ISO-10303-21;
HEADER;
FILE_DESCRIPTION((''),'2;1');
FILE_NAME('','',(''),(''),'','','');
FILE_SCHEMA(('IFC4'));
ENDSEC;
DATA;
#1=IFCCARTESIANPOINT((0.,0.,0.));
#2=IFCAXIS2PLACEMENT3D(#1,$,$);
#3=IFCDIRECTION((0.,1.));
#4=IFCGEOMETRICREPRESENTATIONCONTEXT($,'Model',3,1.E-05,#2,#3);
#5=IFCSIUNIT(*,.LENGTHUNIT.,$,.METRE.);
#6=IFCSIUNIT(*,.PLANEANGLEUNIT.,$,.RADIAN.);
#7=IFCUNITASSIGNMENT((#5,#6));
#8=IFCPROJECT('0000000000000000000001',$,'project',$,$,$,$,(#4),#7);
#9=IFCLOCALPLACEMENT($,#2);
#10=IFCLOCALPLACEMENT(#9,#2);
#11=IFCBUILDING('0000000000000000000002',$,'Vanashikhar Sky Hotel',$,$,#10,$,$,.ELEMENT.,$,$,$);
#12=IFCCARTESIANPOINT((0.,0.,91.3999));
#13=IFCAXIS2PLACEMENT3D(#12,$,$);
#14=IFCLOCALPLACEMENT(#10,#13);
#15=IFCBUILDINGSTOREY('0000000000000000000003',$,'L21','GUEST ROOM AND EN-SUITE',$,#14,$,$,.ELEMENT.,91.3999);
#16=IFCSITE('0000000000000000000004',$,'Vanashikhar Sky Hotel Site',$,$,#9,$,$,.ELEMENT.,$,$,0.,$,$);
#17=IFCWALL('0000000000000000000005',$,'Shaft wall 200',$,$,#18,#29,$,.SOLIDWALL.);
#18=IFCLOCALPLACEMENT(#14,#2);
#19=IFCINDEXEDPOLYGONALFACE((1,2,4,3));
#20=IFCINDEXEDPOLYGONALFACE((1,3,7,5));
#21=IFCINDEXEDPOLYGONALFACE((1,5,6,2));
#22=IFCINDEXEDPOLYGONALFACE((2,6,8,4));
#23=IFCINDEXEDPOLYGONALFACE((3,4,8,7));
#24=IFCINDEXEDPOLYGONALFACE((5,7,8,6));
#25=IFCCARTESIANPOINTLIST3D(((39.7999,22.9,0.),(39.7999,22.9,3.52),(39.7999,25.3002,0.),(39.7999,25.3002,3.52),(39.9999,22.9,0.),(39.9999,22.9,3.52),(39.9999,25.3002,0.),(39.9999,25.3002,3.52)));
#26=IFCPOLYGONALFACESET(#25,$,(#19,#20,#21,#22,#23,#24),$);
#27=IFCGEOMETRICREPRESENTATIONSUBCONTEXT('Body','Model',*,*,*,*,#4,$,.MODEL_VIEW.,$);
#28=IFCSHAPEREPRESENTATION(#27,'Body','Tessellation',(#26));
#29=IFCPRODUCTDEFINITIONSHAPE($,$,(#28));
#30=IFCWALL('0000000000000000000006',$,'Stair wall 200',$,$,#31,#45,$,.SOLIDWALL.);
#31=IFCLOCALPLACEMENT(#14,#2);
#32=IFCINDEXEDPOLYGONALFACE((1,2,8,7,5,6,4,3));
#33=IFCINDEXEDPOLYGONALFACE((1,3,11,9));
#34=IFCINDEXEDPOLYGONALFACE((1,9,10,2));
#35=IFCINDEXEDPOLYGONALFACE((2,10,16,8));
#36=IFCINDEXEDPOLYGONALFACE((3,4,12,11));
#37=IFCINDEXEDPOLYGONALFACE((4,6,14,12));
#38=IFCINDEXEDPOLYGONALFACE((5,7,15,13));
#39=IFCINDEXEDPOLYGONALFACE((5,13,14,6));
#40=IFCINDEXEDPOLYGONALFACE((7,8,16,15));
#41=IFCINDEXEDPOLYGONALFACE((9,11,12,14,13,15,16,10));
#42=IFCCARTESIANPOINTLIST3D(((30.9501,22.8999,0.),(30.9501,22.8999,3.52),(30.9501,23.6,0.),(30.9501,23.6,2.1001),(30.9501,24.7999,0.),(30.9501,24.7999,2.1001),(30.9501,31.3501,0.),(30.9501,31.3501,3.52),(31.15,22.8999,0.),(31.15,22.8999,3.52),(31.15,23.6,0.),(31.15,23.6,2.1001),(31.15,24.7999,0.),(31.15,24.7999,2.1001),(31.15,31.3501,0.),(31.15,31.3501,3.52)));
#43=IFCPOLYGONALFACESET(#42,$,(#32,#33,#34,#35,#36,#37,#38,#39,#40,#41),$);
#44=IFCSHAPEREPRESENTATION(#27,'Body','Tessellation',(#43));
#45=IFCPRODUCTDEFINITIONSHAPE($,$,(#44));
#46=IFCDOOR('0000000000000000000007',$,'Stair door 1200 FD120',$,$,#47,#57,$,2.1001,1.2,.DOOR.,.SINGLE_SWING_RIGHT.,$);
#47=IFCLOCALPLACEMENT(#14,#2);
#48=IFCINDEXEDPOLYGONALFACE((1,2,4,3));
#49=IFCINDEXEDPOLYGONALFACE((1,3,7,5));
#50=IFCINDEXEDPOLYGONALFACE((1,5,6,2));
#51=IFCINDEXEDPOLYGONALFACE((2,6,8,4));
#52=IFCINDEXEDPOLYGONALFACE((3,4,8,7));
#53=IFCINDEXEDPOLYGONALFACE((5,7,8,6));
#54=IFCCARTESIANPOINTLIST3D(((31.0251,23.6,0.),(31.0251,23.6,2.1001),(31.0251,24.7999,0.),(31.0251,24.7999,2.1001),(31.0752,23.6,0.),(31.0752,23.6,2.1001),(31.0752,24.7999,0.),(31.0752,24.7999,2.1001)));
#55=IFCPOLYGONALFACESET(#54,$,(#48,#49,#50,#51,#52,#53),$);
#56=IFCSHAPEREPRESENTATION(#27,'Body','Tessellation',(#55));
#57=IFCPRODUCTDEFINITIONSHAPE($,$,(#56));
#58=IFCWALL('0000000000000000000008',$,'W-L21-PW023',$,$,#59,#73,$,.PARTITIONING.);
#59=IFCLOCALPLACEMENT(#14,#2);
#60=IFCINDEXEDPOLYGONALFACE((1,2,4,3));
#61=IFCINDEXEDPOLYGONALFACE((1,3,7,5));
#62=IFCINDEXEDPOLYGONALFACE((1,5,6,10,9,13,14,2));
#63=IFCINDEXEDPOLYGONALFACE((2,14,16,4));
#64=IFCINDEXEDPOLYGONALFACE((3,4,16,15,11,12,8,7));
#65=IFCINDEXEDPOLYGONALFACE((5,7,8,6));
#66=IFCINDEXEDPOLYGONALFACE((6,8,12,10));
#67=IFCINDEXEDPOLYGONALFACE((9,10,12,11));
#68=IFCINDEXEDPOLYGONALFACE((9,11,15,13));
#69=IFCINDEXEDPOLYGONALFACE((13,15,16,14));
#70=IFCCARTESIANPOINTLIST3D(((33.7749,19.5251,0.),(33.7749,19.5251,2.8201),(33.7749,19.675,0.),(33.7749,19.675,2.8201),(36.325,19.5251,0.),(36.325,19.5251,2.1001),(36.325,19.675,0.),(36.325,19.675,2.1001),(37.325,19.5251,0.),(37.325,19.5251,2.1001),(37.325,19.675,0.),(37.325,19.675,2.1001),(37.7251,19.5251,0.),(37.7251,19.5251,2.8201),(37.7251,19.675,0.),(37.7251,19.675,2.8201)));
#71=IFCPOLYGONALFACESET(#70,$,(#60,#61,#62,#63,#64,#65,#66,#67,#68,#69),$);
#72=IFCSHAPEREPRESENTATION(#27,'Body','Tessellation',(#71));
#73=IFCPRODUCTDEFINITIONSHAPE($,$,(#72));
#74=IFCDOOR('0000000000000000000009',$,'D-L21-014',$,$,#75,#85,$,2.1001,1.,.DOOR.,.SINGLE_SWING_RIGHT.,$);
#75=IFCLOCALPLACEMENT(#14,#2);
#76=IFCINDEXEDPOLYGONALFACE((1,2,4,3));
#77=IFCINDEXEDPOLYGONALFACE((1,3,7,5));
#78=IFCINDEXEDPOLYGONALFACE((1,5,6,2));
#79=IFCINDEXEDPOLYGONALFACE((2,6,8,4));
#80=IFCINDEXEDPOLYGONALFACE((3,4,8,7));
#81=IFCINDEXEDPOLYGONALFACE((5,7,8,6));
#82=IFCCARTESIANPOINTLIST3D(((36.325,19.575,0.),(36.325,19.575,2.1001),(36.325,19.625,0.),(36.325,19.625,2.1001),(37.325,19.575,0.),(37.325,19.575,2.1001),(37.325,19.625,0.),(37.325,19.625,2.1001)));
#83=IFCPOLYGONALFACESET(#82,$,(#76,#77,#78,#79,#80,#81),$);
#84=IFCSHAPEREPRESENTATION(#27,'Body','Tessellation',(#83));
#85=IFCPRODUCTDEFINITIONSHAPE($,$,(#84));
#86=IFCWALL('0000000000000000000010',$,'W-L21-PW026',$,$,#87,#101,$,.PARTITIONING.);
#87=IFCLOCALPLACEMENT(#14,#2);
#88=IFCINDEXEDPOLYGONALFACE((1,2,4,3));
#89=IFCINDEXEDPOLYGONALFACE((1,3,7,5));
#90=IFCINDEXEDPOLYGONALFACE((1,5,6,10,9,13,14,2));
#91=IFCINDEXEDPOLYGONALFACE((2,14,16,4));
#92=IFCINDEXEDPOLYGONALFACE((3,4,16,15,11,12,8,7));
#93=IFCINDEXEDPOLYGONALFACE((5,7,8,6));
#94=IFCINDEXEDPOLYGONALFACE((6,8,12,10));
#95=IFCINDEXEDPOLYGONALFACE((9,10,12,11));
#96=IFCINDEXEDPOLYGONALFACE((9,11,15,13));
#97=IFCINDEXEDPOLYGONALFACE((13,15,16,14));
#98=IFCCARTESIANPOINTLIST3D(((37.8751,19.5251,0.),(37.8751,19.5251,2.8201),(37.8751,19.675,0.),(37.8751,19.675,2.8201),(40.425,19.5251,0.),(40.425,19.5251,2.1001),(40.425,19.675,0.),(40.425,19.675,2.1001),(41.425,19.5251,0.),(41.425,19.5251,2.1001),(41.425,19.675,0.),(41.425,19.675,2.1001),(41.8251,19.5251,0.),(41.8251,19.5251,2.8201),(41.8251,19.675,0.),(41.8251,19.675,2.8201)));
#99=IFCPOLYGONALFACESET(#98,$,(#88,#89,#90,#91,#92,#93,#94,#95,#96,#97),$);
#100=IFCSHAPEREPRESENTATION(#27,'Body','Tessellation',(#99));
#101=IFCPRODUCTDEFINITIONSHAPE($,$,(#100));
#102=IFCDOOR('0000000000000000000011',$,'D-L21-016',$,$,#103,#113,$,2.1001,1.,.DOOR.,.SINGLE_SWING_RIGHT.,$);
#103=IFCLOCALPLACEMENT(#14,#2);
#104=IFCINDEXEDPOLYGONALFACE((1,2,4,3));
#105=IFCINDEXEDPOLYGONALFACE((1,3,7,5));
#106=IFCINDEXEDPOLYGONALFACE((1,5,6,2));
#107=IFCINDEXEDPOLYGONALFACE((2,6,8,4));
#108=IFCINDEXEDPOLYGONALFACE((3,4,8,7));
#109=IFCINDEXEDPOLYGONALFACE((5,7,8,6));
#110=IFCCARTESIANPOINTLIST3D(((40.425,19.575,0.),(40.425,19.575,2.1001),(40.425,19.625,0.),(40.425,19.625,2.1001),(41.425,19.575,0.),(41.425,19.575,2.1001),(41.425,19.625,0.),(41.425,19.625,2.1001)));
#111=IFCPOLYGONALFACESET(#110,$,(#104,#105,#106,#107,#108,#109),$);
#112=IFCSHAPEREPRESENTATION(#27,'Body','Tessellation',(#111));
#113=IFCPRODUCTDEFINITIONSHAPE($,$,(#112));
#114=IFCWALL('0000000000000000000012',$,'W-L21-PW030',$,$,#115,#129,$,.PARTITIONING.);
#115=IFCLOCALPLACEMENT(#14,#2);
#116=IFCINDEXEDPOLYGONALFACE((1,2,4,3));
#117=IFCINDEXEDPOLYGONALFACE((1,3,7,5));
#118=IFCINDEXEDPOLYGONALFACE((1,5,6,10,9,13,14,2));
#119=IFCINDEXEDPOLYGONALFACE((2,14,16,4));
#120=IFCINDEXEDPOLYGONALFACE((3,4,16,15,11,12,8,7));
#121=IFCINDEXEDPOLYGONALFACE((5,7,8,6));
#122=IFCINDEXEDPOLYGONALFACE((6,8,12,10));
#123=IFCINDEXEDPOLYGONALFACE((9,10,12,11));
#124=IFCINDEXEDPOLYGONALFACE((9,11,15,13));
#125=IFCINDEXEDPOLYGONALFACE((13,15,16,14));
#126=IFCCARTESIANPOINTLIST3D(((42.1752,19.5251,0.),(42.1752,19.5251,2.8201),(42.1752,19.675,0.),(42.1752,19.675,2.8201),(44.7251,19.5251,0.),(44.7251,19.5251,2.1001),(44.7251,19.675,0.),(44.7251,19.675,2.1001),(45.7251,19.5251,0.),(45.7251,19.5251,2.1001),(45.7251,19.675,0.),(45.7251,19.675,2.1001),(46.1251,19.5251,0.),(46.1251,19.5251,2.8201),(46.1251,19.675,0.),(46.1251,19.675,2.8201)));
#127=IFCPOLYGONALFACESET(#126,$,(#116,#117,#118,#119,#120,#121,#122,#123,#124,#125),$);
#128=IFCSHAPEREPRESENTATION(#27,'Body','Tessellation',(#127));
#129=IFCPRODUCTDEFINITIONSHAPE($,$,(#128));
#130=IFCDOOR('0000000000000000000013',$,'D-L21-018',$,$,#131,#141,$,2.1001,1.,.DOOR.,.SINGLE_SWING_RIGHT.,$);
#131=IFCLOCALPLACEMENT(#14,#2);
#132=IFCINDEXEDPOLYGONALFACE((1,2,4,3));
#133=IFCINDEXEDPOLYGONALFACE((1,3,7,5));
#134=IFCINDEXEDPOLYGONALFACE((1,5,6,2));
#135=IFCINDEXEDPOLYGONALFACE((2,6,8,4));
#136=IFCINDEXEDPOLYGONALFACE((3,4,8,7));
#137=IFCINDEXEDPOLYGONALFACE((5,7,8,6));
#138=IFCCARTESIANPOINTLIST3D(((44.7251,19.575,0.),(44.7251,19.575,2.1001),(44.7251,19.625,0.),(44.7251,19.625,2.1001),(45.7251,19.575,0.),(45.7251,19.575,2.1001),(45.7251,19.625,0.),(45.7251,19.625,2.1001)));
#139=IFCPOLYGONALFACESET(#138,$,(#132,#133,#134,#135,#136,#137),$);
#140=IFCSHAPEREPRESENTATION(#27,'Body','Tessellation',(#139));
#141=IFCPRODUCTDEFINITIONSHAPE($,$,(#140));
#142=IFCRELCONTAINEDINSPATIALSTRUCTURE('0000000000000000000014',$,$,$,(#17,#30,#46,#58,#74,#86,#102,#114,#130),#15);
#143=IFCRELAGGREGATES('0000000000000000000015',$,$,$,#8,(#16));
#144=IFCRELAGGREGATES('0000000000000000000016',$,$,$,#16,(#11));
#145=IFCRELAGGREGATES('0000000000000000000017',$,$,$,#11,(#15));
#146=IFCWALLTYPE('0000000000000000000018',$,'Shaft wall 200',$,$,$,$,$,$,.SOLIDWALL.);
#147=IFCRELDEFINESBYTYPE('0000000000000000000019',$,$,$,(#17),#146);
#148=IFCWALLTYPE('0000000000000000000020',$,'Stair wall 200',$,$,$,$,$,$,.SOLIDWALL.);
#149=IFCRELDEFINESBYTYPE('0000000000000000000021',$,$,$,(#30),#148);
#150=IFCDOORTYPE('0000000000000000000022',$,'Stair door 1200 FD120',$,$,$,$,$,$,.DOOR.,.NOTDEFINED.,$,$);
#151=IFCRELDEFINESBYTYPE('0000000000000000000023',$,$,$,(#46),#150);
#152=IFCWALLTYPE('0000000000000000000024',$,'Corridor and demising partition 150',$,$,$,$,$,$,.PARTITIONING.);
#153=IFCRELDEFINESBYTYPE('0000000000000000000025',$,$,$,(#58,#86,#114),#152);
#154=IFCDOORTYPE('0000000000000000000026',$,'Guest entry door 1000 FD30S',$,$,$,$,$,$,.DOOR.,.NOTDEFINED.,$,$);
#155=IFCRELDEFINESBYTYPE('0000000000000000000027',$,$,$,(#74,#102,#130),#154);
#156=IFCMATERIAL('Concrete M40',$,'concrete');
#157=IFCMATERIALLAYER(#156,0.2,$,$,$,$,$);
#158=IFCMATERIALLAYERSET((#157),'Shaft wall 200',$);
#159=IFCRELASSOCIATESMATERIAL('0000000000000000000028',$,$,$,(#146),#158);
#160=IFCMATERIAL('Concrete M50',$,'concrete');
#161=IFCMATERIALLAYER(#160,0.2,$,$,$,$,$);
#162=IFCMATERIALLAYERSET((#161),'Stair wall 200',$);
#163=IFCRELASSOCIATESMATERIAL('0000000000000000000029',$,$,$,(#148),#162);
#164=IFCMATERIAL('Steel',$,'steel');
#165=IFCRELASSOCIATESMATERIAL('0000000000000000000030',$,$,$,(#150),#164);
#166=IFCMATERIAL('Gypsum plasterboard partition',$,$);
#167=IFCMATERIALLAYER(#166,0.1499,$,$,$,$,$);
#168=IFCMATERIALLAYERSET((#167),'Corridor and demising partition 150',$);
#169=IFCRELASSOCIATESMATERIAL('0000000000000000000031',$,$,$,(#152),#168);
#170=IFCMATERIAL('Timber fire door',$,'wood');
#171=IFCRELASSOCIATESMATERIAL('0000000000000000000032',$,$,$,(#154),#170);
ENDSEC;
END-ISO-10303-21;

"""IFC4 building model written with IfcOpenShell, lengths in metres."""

from ifc_helpers import new_model, si_unit, direction, frame, frame_2d, origin, place, context, subcontext, project, spatial, rectangle, extrude, source, transform, mapped, material, layer, layer_set, type_object, element, fill, save


model = new_model("IFC4")

# Units and contexts
model_context = context("Model", 3, precision=1e-05, world=origin(), true_north=direction((0.0, 1.0)))
body_context = subcontext(model_context, "Body", "Model", "MODEL_VIEW")
ifc_project = project(units=[si_unit("LENGTHUNIT", "METRE"), si_unit("PLANEANGLEUNIT", "RADIAN")], contexts=[model_context])

# Site, building, storey
site_placement = place(None, origin())
site = spatial("IfcSite", under=ifc_project, at=site_placement, Name="Vanashikhar Sky Hotel Site", CompositionType="ELEMENT", RefElevation=0.0)
building_placement = place(site_placement, origin())
building = spatial("IfcBuilding", under=site, at=building_placement, Name="Vanashikhar Sky Hotel", CompositionType="ELEMENT")
storey_placement = place(building_placement, frame((0.0, 0.0, 91.3999)))
storey = spatial("IfcBuildingStorey", under=building, at=storey_placement, Name="L21", Description="GUEST ROOM AND EN-SUITE", CompositionType="ELEMENT", Elevation=91.3999)

# Shared definitions
ifc_material_1 = material(Name="Steel", Category="steel")

# Shared definitions
ifc_material_2 = material(Name="Concrete M40", Category="concrete")
ifc_layer_1 = layer(ifc_material_2, 0.2)
ifc_layer_set_1 = layer_set([ifc_layer_1], Name="Shaft wall 200")
wall_type_1 = type_object("IfcWallType", Name="Shaft wall 200", PredefinedType="SOLIDWALL", material=ifc_layer_set_1)

# Wall
shared_shape_1 = source(origin(), body_context, "Body", "SweptSolid", [
    extrude(rectangle(XDim=2.4001, YDim=0.2, at=frame_2d((1.2002, 0.0))), origin(), (0.0, 0.0, 1.0), 3.52),
])
wall_1_placement = place(storey_placement, frame((39.8999, 22.8999, 0.0), z_axis=(0.0, 0.0, 1.0), x_axis=(0.0, 1.0, 0.0)))
element("IfcWall", 1, at=wall_1_placement, inside=storey, type_object=wall_type_1, Name="Shaft wall 200", PredefinedType="SOLIDWALL", context=body_context, shape_type="MappedRepresentation", body=[
    mapped(shared_shape_1, transform((0.0, 0.0, 0.0), scale=1.0)),
])

# Walls, openings, doors
ifc_material_3 = material(Name="Concrete M50", Category="concrete")
ifc_layer_2 = layer(ifc_material_3, 0.2)
ifc_layer_set_2 = layer_set([ifc_layer_2], Name="Stair wall 200")
wall_type_2 = type_object("IfcWallType", Name="Stair wall 200", PredefinedType="SOLIDWALL", material=ifc_layer_set_2)
shared_shape_2 = source(origin(), body_context, "Body", "SweptSolid", [
    extrude(rectangle(XDim=8.4502, YDim=0.2, at=frame_2d((4.2251, 0.0))), origin(), (0.0, 0.0, 1.0), 3.52),
])
wall_2_placement = place(storey_placement, frame((31.05, 22.8999, 0.0), z_axis=(0.0, 0.0, 1.0), x_axis=(0.0, 1.0, 0.0)))
wall_2 = element("IfcWall", 2, at=wall_2_placement, inside=storey, type_object=wall_type_2, Name="Stair wall 200", PredefinedType="SOLIDWALL", context=body_context, shape_type="MappedRepresentation", body=[
    mapped(shared_shape_2, transform((0.0, 0.0, 0.0), scale=1.0)),
])
shared_shape_3 = source(origin(), body_context, "Body", "SweptSolid", [
    extrude(rectangle(XDim=1.2, YDim=2.1001, at=frame_2d((0.6001, 1.05))), frame((0.0, 0.1099, 0.0), z_axis=(0.0, -1.0, 0.0), x_axis=(1.0, 0.0, 0.0)), (0.0, 0.0, 1.0), 0.22),
])
opening_1_placement = place(wall_2_placement, frame((0.7, 0.0, 0.0)))
opening_1 = element("IfcOpeningElement", 3, at=opening_1_placement, cuts=wall_2, PredefinedType="OPENING", context=body_context, shape_type="MappedRepresentation", body=[
    mapped(shared_shape_3, transform((0.0, 0.0, 0.0), scale=1.0)),
])
door_type_1 = type_object("IfcDoorType", Name="Stair door 1200 FD120", OperationType="NOTDEFINED", PredefinedType="DOOR", material=ifc_material_1)
shared_shape_4 = source(origin(), body_context, "Body", "SweptSolid", [
    extrude(rectangle(XDim=1.2, YDim=2.1001, at=frame_2d((0.6001, 1.05))), frame((0.0, 0.0249, 0.0), z_axis=(0.0, -1.0, 0.0), x_axis=(1.0, 0.0, 0.0)), (0.0, 0.0, 1.0), 0.05),
])
door_1_placement = place(opening_1_placement, origin())
door_1 = element("IfcDoor", 4, at=door_1_placement, inside=storey, type_object=door_type_1, Name="Stair door 1200 FD120", OperationType="SINGLE_SWING_RIGHT", OverallHeight=2.1001, OverallWidth=1.2, PredefinedType="DOOR", context=body_context, shape_type="MappedRepresentation", body=[
    mapped(shared_shape_4, transform((0.0, 0.0, 0.0), scale=1.0)),
])
fill(opening_1, door_1)
ifc_material_4 = material(Name="Gypsum plasterboard partition")
ifc_layer_3 = layer(ifc_material_4, 0.1499)
ifc_layer_set_3 = layer_set([ifc_layer_3], Name="Corridor and demising partition 150")
wall_type_3 = type_object("IfcWallType", Name="Corridor and demising partition 150", PredefinedType="PARTITIONING", material=ifc_layer_set_3)
shared_shape_5 = source(origin(), body_context, "Body", "SweptSolid", [
    extrude(rectangle(XDim=3.9502, YDim=0.1499, at=frame_2d((1.9751, 0.0))), origin(), (0.0, 0.0, 1.0), 2.8201),
])
wall_3_placement = place(storey_placement, frame((33.7749, 19.6001, 0.0), z_axis=(0.0, 0.0, 1.0), x_axis=(1.0, 0.0, 0.0)))
wall_3 = element("IfcWall", 5, at=wall_3_placement, inside=storey, type_object=wall_type_3, Name="W-L21-PW023", PredefinedType="PARTITIONING", context=body_context, shape_type="MappedRepresentation", body=[
    mapped(shared_shape_5, transform((0.0, 0.0, 0.0), scale=1.0)),
])
shared_shape_6 = source(origin(), body_context, "Body", "SweptSolid", [
    extrude(rectangle(XDim=1.0, YDim=2.1001, at=frame_2d((0.5, 1.05))), frame((0.0, 0.085, 0.0), z_axis=(0.0, -1.0, 0.0), x_axis=(1.0, 0.0, 0.0)), (0.0, 0.0, 1.0), 0.1699),
])
opening_2_placement = place(wall_3_placement, frame((2.55, 0.0, 0.0)))
opening_2 = element("IfcOpeningElement", 6, at=opening_2_placement, cuts=wall_3, PredefinedType="OPENING", context=body_context, shape_type="MappedRepresentation", body=[
    mapped(shared_shape_6, transform((0.0, 0.0, 0.0), scale=1.0)),
])
ifc_material_5 = material(Name="Timber fire door", Category="wood")
door_type_2 = type_object("IfcDoorType", Name="Guest entry door 1000 FD30S", OperationType="NOTDEFINED", PredefinedType="DOOR", material=ifc_material_5)
shared_shape_7 = source(origin(), body_context, "Body", "SweptSolid", [
    extrude(rectangle(XDim=1.0, YDim=2.1001, at=frame_2d((0.5, 1.05))), frame((0.0, 0.0249, 0.0), z_axis=(0.0, -1.0, 0.0), x_axis=(1.0, 0.0, 0.0)), (0.0, 0.0, 1.0), 0.05),
])
door_2_placement = place(opening_2_placement, origin())
door_2 = element("IfcDoor", 7, at=door_2_placement, inside=storey, type_object=door_type_2, Name="D-L21-014", OperationType="SINGLE_SWING_RIGHT", OverallHeight=2.1001, OverallWidth=1.0, PredefinedType="DOOR", context=body_context, shape_type="MappedRepresentation", body=[
    mapped(shared_shape_7, transform((0.0, 0.0, 0.0), scale=1.0)),
])
fill(opening_2, door_2)
shared_shape_8 = source(origin(), body_context, "Body", "SweptSolid", [
    extrude(rectangle(XDim=3.95, YDim=0.1499, at=frame_2d((1.9751, 0.0))), origin(), (0.0, 0.0, 1.0), 2.8201),
])
wall_4_placement = place(storey_placement, frame((37.875, 19.6001, 0.0), z_axis=(0.0, 0.0, 1.0), x_axis=(1.0, 0.0, 0.0)))
wall_4 = element("IfcWall", 8, at=wall_4_placement, inside=storey, type_object=wall_type_3, Name="W-L21-PW026", PredefinedType="PARTITIONING", context=body_context, shape_type="MappedRepresentation", body=[
    mapped(shared_shape_8, transform((0.0, 0.0, 0.0), scale=1.0)),
])
opening_3_placement = place(wall_4_placement, frame((2.55, 0.0, 0.0)))
opening_3 = element("IfcOpeningElement", 9, at=opening_3_placement, cuts=wall_4, PredefinedType="OPENING", context=body_context, shape_type="MappedRepresentation", body=[
    mapped(shared_shape_6, transform((0.0, 0.0, 0.0), scale=1.0)),
])
door_3_placement = place(opening_3_placement, origin())
door_3 = element("IfcDoor", 10, at=door_3_placement, inside=storey, type_object=door_type_2, Name="D-L21-016", OperationType="SINGLE_SWING_RIGHT", OverallHeight=2.1001, OverallWidth=1.0, PredefinedType="DOOR", context=body_context, shape_type="MappedRepresentation", body=[
    mapped(shared_shape_7, transform((0.0, 0.0, 0.0), scale=1.0)),
])
fill(opening_3, door_3)
wall_5_placement = place(storey_placement, frame((42.175, 19.6001, 0.0), z_axis=(0.0, 0.0, 1.0), x_axis=(1.0, 0.0, 0.0)))
wall_5 = element("IfcWall", 11, at=wall_5_placement, inside=storey, type_object=wall_type_3, Name="W-L21-PW030", PredefinedType="PARTITIONING", context=body_context, shape_type="MappedRepresentation", body=[
    mapped(shared_shape_8, transform((0.0, 0.0, 0.0), scale=1.0)),
])
opening_4_placement = place(wall_5_placement, frame((2.55, 0.0, 0.0)))
opening_4 = element("IfcOpeningElement", 12, at=opening_4_placement, cuts=wall_5, PredefinedType="OPENING", context=body_context, shape_type="MappedRepresentation", body=[
    mapped(shared_shape_6, transform((0.0, 0.0, 0.0), scale=1.0)),
])
door_4_placement = place(opening_4_placement, origin())
door_4 = element("IfcDoor", 13, at=door_4_placement, inside=storey, type_object=door_type_2, Name="D-L21-018", OperationType="SINGLE_SWING_RIGHT", OverallHeight=2.1001, OverallWidth=1.0, PredefinedType="DOOR", context=body_context, shape_type="MappedRepresentation", body=[
    mapped(shared_shape_7, transform((0.0, 0.0, 0.0), scale=1.0)),
])
fill(opening_4, door_4)

save(model, "model.ifc")
